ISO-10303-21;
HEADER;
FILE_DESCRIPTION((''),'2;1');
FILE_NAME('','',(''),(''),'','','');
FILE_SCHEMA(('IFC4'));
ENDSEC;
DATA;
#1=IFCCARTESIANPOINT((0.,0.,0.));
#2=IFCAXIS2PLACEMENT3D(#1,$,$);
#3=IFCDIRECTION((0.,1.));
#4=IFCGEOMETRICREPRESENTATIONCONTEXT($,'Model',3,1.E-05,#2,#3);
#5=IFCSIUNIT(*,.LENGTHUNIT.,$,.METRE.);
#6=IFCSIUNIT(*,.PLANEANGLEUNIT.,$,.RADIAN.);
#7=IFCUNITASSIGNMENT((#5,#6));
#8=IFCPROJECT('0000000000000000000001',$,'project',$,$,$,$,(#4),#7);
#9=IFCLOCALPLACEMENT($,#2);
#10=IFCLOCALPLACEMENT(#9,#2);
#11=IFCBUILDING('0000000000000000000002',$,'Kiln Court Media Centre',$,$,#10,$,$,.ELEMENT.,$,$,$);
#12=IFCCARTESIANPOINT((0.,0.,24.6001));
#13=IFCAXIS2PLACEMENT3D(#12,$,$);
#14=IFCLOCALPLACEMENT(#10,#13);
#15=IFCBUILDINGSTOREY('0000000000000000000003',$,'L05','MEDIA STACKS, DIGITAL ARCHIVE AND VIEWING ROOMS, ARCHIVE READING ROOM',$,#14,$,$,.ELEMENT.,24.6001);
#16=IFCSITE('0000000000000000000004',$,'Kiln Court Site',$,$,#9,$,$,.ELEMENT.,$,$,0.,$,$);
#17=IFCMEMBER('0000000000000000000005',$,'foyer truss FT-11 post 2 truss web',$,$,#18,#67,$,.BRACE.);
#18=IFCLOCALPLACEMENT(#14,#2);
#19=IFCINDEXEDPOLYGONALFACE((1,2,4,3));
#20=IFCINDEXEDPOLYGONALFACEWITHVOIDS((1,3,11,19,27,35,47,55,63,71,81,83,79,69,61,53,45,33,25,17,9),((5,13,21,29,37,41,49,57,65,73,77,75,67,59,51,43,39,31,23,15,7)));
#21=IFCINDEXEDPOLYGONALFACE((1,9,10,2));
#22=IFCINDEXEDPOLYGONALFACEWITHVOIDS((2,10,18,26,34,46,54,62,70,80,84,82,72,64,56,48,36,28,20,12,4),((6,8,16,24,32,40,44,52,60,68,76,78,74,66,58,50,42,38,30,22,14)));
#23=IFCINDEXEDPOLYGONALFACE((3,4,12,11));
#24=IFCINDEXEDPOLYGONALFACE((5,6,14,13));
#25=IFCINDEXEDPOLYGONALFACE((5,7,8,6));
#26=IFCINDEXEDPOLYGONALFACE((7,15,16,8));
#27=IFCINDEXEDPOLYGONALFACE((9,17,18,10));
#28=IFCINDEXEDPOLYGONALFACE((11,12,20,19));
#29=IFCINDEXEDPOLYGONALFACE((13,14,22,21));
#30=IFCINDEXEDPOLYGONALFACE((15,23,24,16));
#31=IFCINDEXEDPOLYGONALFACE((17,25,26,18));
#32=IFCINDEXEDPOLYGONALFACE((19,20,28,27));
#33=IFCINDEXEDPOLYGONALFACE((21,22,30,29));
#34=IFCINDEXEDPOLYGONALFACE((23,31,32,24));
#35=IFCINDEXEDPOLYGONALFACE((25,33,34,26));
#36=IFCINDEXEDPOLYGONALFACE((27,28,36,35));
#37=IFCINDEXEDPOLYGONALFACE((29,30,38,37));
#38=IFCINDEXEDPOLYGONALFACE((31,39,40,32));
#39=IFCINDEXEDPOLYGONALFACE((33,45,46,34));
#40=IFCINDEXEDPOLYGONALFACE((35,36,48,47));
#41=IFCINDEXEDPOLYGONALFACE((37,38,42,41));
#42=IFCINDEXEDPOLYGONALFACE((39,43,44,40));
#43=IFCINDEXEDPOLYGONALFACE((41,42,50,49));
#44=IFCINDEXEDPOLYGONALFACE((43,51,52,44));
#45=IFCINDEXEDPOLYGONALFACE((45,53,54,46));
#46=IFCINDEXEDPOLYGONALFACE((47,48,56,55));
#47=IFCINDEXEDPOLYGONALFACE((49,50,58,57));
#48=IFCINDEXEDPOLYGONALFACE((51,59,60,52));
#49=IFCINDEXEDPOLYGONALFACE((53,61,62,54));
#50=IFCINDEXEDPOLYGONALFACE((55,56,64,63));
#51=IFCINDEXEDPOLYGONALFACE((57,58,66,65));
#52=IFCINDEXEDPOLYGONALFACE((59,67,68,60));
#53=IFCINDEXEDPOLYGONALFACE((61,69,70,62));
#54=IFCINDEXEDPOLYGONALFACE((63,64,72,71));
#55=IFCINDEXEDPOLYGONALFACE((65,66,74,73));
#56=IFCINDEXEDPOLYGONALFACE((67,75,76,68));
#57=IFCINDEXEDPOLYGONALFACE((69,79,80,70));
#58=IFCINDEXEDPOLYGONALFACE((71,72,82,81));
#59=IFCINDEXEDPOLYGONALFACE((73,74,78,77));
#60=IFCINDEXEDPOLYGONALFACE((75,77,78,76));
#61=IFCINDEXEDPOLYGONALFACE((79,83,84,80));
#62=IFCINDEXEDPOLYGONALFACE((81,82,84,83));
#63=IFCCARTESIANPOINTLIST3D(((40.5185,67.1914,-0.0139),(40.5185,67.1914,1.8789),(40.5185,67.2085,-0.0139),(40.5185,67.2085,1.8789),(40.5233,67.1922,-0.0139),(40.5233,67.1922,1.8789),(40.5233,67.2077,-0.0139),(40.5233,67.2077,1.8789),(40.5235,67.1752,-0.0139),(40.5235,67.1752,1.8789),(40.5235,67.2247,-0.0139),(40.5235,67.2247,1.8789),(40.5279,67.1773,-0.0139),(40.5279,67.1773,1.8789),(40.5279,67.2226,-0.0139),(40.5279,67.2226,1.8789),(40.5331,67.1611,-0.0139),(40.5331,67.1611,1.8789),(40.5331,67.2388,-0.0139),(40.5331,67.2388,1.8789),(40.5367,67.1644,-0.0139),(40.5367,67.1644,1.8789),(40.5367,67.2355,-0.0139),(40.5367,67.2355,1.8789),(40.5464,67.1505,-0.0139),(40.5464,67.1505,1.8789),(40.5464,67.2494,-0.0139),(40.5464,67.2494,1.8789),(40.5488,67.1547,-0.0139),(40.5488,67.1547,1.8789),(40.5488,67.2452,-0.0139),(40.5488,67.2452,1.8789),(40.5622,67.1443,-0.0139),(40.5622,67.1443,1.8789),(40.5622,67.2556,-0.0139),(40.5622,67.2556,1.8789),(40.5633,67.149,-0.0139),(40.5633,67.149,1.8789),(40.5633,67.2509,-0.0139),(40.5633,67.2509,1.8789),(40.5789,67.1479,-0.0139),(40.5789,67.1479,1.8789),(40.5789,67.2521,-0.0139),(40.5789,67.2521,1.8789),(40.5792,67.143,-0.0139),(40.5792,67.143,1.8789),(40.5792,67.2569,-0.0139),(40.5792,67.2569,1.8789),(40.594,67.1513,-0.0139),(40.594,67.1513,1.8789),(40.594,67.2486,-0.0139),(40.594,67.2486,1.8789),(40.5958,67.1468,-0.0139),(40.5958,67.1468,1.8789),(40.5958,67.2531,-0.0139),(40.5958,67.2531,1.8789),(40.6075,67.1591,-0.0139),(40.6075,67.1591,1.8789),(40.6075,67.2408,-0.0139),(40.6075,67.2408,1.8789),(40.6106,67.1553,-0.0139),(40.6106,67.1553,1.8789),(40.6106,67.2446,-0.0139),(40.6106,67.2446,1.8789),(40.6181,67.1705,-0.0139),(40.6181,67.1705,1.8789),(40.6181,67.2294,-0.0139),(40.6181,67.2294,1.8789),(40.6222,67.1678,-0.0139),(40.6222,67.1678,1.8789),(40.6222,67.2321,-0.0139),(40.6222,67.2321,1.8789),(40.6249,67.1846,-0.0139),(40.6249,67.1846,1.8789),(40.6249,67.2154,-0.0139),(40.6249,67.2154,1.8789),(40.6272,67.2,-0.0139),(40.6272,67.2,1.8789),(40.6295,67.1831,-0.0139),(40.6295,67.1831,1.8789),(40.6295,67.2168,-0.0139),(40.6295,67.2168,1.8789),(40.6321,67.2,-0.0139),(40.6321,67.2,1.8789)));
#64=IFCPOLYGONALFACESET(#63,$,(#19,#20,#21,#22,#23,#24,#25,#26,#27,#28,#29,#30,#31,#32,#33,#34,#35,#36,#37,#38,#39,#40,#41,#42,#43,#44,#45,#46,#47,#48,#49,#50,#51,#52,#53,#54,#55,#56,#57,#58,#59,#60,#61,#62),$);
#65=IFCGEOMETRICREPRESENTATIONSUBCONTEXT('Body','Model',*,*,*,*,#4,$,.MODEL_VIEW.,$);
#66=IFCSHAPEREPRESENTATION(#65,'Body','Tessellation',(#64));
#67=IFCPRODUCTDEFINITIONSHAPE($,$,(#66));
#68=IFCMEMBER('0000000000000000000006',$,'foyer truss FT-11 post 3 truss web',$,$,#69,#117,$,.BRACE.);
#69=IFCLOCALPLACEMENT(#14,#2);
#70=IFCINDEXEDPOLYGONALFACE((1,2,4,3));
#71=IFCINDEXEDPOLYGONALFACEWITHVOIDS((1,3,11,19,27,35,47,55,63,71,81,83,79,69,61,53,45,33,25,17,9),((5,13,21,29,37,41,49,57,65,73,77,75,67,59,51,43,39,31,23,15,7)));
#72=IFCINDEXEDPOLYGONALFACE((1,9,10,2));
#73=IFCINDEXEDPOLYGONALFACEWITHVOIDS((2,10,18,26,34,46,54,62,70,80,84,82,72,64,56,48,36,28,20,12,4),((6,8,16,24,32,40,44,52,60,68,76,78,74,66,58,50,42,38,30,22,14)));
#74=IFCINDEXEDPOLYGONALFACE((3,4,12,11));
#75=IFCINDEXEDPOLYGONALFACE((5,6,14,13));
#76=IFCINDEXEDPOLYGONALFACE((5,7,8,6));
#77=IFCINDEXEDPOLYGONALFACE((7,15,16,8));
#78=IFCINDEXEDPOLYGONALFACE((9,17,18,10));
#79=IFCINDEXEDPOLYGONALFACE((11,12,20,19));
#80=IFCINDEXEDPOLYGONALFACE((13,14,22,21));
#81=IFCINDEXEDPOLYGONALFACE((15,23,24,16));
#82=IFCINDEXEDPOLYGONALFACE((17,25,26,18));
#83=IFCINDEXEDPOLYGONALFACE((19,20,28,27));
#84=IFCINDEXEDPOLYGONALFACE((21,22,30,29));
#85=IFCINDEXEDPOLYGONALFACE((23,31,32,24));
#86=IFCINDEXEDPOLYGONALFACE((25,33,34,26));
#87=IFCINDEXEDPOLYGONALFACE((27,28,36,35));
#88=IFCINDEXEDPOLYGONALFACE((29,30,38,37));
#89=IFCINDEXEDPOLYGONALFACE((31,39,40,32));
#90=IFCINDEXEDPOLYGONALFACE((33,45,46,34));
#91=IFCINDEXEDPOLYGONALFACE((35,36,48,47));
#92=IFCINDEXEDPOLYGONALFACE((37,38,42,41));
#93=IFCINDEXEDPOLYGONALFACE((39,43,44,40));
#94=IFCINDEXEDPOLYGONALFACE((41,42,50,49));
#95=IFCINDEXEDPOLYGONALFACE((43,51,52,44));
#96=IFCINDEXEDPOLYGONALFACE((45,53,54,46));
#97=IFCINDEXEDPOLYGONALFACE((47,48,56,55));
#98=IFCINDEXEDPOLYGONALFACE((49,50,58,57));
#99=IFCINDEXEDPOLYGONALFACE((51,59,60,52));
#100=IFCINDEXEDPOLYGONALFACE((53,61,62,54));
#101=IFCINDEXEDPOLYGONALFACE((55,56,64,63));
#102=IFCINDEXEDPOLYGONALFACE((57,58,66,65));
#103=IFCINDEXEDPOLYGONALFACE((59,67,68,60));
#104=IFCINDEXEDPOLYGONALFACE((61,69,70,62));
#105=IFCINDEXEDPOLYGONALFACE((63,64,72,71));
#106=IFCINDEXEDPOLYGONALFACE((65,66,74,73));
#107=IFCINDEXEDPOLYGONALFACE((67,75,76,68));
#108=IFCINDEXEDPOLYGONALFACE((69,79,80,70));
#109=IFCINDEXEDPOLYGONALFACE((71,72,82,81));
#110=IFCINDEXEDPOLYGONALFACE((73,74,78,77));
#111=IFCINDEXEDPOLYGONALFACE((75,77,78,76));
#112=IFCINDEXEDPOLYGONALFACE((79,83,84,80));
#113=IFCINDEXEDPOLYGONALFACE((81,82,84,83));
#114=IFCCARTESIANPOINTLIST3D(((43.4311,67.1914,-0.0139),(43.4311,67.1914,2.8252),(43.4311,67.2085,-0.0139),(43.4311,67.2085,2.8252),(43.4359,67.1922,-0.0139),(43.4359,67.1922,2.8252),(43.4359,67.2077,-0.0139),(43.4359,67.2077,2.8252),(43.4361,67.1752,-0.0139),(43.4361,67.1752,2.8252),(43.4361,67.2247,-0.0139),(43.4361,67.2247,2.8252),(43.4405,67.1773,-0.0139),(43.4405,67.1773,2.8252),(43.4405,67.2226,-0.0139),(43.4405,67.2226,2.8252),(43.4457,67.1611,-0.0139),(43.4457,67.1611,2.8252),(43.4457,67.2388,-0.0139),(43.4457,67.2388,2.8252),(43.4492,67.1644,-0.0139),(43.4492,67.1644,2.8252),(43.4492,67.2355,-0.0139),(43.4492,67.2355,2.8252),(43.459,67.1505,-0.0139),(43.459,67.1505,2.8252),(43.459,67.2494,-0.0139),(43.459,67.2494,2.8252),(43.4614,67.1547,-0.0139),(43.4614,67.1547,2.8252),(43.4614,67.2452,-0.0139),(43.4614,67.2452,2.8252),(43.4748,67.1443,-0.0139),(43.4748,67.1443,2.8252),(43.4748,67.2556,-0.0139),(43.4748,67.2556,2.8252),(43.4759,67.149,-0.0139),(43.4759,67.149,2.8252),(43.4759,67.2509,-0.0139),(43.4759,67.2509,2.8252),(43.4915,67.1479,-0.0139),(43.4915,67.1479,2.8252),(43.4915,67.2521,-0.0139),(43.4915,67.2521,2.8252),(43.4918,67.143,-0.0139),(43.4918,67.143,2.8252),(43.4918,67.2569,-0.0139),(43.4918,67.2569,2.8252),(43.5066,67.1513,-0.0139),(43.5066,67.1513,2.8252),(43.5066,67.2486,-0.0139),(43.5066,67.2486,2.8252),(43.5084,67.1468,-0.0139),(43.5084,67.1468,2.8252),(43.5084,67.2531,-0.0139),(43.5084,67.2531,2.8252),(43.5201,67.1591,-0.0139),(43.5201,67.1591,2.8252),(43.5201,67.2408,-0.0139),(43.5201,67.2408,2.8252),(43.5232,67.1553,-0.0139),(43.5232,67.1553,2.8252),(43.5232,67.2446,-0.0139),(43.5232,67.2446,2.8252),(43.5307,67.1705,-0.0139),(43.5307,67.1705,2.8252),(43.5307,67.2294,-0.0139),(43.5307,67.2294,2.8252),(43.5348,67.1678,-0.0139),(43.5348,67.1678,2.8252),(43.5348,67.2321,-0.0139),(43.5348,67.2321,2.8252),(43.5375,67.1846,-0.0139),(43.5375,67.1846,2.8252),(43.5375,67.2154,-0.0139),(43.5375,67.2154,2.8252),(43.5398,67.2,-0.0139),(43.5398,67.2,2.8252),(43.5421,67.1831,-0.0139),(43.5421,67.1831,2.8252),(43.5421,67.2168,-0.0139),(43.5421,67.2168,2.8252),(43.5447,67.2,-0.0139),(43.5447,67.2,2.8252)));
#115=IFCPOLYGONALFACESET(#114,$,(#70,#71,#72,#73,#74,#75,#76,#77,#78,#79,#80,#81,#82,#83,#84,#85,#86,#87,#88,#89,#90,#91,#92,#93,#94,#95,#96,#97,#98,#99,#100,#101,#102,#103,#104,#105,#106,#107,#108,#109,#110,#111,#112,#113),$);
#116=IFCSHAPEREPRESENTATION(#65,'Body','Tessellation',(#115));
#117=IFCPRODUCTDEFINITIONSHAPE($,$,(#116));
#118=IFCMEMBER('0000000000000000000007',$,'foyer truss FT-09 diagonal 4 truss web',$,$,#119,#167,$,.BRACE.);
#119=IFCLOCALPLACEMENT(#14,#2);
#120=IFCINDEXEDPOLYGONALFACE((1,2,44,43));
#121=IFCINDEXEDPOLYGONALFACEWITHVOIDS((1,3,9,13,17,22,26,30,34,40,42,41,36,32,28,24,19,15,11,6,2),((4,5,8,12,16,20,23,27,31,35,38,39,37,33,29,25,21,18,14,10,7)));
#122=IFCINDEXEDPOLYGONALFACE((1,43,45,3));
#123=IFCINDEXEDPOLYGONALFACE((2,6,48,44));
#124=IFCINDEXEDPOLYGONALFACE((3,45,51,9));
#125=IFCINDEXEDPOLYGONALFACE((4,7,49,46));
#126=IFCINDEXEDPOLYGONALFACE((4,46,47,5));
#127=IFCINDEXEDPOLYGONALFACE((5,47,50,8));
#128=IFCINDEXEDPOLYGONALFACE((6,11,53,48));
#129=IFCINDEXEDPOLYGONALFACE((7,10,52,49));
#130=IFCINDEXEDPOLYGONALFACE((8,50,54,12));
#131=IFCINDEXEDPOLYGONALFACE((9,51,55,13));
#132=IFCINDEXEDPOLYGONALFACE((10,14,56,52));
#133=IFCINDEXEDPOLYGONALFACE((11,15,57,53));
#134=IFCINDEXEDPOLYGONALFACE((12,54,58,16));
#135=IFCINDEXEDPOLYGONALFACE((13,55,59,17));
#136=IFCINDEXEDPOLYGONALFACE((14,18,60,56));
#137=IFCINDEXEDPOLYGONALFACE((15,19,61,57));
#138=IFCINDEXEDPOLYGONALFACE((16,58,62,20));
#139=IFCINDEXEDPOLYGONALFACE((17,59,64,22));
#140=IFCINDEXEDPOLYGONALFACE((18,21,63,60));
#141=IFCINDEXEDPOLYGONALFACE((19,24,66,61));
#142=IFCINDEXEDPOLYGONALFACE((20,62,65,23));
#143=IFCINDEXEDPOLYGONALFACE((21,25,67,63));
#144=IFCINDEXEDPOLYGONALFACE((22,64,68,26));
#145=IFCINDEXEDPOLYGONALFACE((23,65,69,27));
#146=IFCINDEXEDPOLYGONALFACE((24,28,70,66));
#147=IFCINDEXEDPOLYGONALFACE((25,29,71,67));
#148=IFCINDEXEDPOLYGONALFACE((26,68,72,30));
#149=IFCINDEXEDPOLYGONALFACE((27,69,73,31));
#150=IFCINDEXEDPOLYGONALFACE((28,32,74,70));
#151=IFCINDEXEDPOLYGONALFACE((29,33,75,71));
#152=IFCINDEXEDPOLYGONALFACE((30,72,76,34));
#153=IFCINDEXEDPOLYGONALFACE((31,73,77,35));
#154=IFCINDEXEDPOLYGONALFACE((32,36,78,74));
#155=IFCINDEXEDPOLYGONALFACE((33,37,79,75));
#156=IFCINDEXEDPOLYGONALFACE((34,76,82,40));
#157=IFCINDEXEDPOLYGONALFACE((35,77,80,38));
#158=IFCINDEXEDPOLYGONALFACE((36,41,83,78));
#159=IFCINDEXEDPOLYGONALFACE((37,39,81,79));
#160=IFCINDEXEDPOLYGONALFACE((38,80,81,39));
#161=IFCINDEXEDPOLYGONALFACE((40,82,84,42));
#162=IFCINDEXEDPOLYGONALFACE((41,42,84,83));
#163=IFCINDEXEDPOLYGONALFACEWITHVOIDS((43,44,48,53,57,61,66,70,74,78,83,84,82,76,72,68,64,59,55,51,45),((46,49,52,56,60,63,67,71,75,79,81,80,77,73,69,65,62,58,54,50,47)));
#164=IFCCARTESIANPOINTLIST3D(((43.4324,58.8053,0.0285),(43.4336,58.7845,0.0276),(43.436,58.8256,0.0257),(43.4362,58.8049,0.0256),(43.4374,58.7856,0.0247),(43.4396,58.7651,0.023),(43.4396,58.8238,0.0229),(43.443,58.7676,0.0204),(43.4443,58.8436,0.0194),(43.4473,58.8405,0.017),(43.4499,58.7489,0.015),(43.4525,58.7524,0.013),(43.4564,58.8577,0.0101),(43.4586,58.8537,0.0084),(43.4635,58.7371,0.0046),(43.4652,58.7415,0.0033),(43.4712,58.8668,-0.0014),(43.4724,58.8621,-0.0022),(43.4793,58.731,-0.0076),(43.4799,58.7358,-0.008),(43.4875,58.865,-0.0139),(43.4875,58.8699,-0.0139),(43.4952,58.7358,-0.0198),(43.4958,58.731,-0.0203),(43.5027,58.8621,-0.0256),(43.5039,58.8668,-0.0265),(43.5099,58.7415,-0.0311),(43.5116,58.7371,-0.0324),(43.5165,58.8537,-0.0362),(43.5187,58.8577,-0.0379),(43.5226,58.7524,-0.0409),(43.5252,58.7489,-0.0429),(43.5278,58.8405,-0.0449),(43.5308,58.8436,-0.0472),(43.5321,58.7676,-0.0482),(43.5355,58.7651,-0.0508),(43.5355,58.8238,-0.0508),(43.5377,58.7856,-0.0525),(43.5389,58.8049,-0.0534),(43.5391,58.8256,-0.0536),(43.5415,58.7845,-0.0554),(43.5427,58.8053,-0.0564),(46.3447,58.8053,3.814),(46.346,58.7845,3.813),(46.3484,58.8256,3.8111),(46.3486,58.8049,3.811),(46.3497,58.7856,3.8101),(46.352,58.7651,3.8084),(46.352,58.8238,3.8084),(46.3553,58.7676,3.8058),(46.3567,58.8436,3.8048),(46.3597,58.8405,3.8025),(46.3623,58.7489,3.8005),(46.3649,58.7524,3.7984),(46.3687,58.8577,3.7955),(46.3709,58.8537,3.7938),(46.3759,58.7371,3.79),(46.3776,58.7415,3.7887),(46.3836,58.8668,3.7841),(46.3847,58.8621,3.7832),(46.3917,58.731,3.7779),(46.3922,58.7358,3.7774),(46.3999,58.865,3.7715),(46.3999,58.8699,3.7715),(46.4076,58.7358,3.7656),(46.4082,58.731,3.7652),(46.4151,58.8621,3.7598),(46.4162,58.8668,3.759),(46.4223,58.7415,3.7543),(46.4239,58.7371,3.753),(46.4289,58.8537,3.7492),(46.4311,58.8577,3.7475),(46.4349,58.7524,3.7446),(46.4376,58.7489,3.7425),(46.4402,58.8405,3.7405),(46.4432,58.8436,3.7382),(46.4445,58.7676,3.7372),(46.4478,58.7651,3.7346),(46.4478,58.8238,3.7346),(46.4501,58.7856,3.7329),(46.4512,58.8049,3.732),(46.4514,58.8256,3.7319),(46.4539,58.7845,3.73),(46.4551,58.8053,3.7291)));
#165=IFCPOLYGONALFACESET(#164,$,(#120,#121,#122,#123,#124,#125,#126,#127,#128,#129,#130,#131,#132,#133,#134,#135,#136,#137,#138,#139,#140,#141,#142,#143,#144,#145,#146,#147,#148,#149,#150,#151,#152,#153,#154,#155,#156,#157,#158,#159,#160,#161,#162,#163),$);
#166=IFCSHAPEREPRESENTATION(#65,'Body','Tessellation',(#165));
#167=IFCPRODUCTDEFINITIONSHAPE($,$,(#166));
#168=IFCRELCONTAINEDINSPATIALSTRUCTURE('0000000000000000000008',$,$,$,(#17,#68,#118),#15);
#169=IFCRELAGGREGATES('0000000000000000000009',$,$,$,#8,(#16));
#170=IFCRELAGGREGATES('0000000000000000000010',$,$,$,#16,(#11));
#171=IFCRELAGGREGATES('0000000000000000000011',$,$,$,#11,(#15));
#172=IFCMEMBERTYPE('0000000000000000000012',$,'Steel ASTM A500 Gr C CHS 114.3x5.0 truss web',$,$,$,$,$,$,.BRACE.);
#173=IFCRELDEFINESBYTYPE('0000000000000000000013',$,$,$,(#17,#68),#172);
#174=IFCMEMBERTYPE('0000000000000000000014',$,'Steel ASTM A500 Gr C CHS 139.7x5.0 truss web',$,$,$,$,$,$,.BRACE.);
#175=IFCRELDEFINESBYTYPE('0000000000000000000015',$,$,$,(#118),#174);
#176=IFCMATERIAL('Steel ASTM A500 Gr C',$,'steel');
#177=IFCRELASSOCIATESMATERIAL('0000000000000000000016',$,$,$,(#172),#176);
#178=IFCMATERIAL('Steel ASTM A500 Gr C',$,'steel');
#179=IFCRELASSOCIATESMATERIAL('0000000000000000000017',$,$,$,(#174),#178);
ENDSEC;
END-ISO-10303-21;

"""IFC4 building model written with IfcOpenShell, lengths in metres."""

from ifc_helpers import new_model, si_unit, direction, frame, origin, origin_2d, place, context, subcontext, project, spatial, hollow_circle, extrude, material, material_profile, profile_set, type_object, element, save


model = new_model("IFC4")

# Units and contexts
model_context = context("Model", 3, precision=1e-05, world=origin(), true_north=direction((0.0, 1.0)))
body_context = subcontext(model_context, "Body", "Model", "MODEL_VIEW")
ifc_project = project(units=[si_unit("LENGTHUNIT", "METRE"), si_unit("PLANEANGLEUNIT", "RADIAN")], contexts=[model_context])

# Site, building, storey
site_placement = place(None, origin())
site = spatial("IfcSite", under=ifc_project, at=site_placement, Name="Kiln Court Site", CompositionType="ELEMENT", RefElevation=0.0)
building_placement = place(site_placement, origin())
building = spatial("IfcBuilding", under=site, at=building_placement, Name="Kiln Court Media Centre", CompositionType="ELEMENT")
storey_placement = place(building_placement, frame((0.0, 0.0, 24.6001)))
storey = spatial("IfcBuildingStorey", under=building, at=storey_placement, Name="L05", Description="MEDIA STACKS, DIGITAL ARCHIVE AND VIEWING ROOMS, ARCHIVE READING ROOM", CompositionType="ELEMENT", Elevation=24.6001)

# Members
ifc_material_1 = material(Name="Steel ASTM A500 Gr C", Category="steel")
ifc_material_profile_1 = material_profile(ifc_material_1, hollow_circle(Radius=0.0571, WallThickness=0.0049, at=origin_2d()), Name="CHS 114.3x5.0")
ifc_profile_set_1 = profile_set([ifc_material_profile_1], Name="Steel ASTM A500 Gr C")
member_type_1 = type_object("IfcMemberType", Name="Steel ASTM A500 Gr C CHS 114.3x5.0 truss web", PredefinedType="BRACE", material=ifc_profile_set_1)
member_1_placement = place(storey_placement, frame((40.575, 67.2, -0.0139), z_axis=(0.0, 0.0, 1.0), x_axis=(1.0, 0.0, 0.0)))
element("IfcMember", 1, at=member_1_placement, inside=storey, type_object=member_type_1, Name="foyer truss FT-11 post 2 truss web", PredefinedType="BRACE", context=body_context, shape_type="SweptSolid", body=[
    extrude(hollow_circle(Radius=0.0571, WallThickness=0.0049, at=origin_2d()), origin(), (0.0, 0.0, 1.0), 1.8928),
])
member_2_placement = place(storey_placement, frame((43.4875, 67.2, -0.0139), z_axis=(0.0, 0.0, 1.0), x_axis=(1.0, 0.0, 0.0)))
element("IfcMember", 2, at=member_2_placement, inside=storey, type_object=member_type_1, Name="foyer truss FT-11 post 3 truss web", PredefinedType="BRACE", context=body_context, shape_type="SweptSolid", body=[
    extrude(hollow_circle(Radius=0.0571, WallThickness=0.0049, at=origin_2d()), origin(), (0.0, 0.0, 1.0), 2.8391),
])
ifc_material_2 = material(Name="Steel ASTM A500 Gr C", Category="steel")
ifc_material_profile_2 = material_profile(ifc_material_2, hollow_circle(Radius=0.0698, WallThickness=0.0049, at=origin_2d()), Name="CHS 139.7x5.0")
ifc_profile_set_2 = profile_set([ifc_material_profile_2], Name="Steel ASTM A500 Gr C")
member_type_2 = type_object("IfcMemberType", Name="Steel ASTM A500 Gr C CHS 139.7x5.0 truss web", PredefinedType="BRACE", material=ifc_profile_set_2)
member_3_placement = place(storey_placement, frame((43.4875, 58.8, -0.0139), z_axis=(0.609777, 0.0, 0.792573), x_axis=(0.0, 1.0, 0.0)))
element("IfcMember", 3, at=member_3_placement, inside=storey, type_object=member_type_2, Name="foyer truss FT-09 diagonal 4 truss web", PredefinedType="BRACE", context=body_context, shape_type="SweptSolid", body=[
    extrude(hollow_circle(Radius=0.0698, WallThickness=0.0049, at=origin_2d()), origin(), (0.0, 0.0, 1.0), 4.7761),
])

save(model, "model.ifc")
